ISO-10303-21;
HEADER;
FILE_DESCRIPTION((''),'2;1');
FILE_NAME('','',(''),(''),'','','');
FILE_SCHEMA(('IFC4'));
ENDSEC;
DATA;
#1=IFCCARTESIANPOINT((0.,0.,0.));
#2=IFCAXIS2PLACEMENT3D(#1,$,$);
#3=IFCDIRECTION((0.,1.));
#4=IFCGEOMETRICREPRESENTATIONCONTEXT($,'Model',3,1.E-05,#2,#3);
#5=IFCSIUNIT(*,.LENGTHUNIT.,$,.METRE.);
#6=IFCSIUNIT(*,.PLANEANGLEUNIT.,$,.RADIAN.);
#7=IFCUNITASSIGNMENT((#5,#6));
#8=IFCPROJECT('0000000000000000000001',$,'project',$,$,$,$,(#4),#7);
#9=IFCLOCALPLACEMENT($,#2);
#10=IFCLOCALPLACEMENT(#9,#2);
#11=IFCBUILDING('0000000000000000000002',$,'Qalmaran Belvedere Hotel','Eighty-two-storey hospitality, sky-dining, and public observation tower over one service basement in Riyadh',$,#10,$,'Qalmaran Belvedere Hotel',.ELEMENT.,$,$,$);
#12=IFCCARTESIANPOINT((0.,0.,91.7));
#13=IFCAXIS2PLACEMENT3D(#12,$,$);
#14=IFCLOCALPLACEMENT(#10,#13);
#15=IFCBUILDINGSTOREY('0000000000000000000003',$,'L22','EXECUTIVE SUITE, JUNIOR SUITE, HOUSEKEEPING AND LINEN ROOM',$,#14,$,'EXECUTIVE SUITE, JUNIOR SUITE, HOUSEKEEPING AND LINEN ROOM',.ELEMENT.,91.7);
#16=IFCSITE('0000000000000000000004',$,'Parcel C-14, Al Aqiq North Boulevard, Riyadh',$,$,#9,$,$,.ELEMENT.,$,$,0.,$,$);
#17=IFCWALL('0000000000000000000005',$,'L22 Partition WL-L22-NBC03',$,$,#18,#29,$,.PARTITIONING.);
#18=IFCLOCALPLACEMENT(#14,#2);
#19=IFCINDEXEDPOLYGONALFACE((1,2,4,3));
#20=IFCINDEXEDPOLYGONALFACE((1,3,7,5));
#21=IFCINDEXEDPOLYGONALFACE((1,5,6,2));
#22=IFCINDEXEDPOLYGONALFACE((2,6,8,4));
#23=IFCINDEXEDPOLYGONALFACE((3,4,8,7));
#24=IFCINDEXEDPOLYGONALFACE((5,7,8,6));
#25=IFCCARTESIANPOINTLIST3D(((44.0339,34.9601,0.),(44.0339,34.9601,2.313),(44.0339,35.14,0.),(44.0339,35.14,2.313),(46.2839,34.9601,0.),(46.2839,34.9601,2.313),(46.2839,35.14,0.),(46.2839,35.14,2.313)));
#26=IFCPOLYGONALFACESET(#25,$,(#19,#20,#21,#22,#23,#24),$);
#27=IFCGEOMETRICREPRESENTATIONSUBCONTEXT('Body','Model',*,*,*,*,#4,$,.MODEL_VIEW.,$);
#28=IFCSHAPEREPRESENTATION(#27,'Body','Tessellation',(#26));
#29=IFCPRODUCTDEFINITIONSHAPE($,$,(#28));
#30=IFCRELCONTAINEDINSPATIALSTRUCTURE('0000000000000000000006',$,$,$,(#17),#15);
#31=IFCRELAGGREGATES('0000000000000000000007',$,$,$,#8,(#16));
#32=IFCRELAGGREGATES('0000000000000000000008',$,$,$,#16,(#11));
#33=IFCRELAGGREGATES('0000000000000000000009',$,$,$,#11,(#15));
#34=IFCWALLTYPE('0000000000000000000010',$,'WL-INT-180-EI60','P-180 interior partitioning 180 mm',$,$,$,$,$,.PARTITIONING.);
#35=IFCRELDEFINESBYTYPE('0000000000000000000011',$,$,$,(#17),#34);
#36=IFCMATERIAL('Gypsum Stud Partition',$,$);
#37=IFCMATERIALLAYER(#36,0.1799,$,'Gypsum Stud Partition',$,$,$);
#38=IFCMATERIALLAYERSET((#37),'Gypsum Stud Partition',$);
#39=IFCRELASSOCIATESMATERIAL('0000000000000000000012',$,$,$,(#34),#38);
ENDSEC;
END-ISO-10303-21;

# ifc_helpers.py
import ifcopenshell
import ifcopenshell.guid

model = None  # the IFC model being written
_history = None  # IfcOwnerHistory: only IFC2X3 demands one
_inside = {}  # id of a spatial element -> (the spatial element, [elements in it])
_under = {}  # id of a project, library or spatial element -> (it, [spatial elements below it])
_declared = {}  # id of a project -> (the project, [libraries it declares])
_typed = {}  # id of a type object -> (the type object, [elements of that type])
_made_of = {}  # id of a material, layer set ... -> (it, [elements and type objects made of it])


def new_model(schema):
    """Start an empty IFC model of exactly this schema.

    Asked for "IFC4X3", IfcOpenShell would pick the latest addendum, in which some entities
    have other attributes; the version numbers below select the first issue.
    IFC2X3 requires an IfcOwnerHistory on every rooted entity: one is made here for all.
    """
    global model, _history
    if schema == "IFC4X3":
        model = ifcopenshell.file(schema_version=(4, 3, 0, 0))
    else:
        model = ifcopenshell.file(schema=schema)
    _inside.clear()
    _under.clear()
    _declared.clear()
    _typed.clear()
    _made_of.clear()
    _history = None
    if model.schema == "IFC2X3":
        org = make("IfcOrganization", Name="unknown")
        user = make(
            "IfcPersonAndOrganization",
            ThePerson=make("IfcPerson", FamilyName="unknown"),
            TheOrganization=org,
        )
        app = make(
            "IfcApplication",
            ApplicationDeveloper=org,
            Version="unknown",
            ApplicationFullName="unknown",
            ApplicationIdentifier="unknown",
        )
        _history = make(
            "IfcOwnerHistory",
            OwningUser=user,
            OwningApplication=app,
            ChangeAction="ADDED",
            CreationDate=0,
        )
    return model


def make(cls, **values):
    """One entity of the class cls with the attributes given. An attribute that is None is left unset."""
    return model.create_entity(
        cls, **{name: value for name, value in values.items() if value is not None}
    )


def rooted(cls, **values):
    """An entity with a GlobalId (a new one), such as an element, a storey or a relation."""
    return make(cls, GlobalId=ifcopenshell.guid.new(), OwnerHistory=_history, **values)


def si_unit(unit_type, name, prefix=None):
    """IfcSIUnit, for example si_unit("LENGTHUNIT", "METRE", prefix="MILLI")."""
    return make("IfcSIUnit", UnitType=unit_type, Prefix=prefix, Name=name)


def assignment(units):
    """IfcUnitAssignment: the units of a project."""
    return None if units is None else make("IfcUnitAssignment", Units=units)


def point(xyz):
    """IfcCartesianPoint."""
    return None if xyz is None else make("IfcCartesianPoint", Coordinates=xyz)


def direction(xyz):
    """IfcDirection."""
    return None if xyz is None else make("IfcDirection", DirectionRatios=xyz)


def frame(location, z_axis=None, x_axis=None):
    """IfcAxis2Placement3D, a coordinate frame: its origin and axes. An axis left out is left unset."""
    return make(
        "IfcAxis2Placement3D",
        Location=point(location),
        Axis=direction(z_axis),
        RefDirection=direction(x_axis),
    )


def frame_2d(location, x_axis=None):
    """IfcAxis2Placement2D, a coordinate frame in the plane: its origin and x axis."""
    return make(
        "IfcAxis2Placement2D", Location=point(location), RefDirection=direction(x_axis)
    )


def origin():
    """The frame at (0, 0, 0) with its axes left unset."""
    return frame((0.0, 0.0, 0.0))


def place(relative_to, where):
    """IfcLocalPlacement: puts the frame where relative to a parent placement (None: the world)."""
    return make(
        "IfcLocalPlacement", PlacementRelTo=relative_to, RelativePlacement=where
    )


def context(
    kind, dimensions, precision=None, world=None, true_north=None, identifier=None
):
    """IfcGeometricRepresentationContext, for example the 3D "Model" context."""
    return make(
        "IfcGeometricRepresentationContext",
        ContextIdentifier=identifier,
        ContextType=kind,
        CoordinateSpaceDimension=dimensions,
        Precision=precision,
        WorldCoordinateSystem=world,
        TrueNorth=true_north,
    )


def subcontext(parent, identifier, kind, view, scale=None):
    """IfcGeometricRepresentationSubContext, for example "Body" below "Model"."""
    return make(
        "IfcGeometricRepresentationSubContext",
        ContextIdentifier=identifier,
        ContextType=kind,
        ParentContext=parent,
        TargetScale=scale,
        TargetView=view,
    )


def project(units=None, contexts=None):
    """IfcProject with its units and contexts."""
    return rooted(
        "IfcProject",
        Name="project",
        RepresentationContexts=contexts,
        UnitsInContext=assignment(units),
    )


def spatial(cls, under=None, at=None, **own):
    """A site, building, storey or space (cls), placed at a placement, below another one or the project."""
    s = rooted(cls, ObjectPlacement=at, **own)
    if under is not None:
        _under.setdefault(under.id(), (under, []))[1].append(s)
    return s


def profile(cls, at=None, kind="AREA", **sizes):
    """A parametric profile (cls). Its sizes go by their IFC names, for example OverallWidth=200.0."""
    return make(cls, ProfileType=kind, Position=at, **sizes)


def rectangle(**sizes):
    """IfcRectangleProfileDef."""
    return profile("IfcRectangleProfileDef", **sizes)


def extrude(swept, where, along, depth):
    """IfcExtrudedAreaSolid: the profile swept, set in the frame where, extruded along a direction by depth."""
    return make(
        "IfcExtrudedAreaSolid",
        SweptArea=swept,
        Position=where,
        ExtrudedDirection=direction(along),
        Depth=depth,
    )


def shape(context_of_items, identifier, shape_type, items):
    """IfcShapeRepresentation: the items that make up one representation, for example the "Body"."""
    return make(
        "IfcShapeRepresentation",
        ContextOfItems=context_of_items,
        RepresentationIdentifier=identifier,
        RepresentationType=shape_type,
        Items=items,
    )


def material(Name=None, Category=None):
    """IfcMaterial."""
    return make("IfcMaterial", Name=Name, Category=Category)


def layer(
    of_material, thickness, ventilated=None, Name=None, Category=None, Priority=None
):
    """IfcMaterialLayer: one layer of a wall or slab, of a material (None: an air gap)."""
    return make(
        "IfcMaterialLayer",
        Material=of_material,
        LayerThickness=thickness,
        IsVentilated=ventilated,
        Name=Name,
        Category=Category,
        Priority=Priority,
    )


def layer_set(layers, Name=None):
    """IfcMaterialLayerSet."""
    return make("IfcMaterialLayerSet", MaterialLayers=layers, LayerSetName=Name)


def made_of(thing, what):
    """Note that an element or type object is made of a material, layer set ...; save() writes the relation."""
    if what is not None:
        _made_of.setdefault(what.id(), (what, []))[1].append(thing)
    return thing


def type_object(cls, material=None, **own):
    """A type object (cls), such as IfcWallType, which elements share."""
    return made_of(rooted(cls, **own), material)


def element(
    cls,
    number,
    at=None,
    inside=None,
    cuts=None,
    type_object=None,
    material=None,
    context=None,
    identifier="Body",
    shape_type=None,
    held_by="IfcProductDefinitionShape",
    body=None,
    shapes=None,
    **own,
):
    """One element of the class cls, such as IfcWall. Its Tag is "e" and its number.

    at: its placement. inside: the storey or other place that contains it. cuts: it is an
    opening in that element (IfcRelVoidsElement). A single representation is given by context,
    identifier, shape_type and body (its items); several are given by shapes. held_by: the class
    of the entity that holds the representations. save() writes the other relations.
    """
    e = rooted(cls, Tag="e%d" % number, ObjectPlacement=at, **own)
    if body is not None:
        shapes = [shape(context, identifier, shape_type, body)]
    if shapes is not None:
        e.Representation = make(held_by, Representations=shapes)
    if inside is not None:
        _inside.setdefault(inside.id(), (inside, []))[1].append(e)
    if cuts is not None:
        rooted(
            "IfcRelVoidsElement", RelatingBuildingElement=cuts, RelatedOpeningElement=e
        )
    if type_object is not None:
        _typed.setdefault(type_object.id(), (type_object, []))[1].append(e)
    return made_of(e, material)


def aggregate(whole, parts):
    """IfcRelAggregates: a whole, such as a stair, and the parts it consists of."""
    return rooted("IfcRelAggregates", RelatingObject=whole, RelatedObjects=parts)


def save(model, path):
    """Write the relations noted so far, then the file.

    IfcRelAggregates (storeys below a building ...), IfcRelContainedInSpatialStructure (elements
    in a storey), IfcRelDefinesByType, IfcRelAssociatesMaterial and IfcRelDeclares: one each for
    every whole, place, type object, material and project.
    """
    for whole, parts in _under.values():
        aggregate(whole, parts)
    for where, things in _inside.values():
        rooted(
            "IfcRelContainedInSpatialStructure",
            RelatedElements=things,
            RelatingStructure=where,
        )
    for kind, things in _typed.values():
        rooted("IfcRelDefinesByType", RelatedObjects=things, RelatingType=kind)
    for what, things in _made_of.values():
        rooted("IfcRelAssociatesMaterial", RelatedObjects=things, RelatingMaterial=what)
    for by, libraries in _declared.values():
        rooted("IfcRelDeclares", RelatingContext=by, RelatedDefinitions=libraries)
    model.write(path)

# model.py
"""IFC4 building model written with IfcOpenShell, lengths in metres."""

from ifc_helpers import new_model, si_unit, direction, frame, frame_2d, origin, place, context, subcontext, project, spatial, rectangle, extrude, material, layer, layer_set, type_object, element, save


model = new_model("IFC4")

# Units and contexts
model_context = context("Model", 3, precision=1e-05, world=origin(), true_north=direction((0.0, 1.0)))
body_context = subcontext(model_context, "Body", "Model", "MODEL_VIEW")
ifc_project = project(units=[si_unit("LENGTHUNIT", "METRE"), si_unit("PLANEANGLEUNIT", "RADIAN")], contexts=[model_context])

# Site, building, storey
site_placement = place(None, origin())
site = spatial("IfcSite", under=ifc_project, at=site_placement, Name="Parcel C-14, Al Aqiq North Boulevard, Riyadh", CompositionType="ELEMENT", RefElevation=0.0)
building_placement = place(site_placement, origin())
building = spatial("IfcBuilding", under=site, at=building_placement, Name="Qalmaran Belvedere Hotel", Description="Eighty-two-storey hospitality, sky-dining, and public observation tower over one service basement in Riyadh", LongName="Qalmaran Belvedere Hotel", CompositionType="ELEMENT")
storey_placement = place(building_placement, frame((0.0, 0.0, 91.7)))
storey = spatial("IfcBuildingStorey", under=building, at=storey_placement, Name="L22", Description="EXECUTIVE SUITE, JUNIOR SUITE, HOUSEKEEPING AND LINEN ROOM", LongName="EXECUTIVE SUITE, JUNIOR SUITE, HOUSEKEEPING AND LINEN ROOM", CompositionType="ELEMENT", Elevation=91.7)

# Wall
ifc_material_1 = material(Name="Gypsum Stud Partition")
ifc_layer_1 = layer(ifc_material_1, 0.1799, Name="Gypsum Stud Partition")
ifc_layer_set_1 = layer_set([ifc_layer_1], Name="Gypsum Stud Partition")
wall_type_1 = type_object("IfcWallType", Name="WL-INT-180-EI60", Description="P-180 interior partitioning 180 mm", PredefinedType="PARTITIONING", material=ifc_layer_set_1)
wall_1_placement = place(storey_placement, frame((44.0339, 35.05, 0.0), z_axis=(0.0, 0.0, 1.0), x_axis=(1.0, 0.0, 0.0)))
element("IfcWall", 1, at=wall_1_placement, inside=storey, type_object=wall_type_1, Name="L22 Partition WL-L22-NBC03", PredefinedType="PARTITIONING", context=body_context, shape_type="SweptSolid", body=[
    extrude(rectangle(XDim=2.25, YDim=0.1799, at=frame_2d((1.125, 0.0))), origin(), (0.0, 0.0, 1.0), 2.313),
])

save(model, "model.ifc")
